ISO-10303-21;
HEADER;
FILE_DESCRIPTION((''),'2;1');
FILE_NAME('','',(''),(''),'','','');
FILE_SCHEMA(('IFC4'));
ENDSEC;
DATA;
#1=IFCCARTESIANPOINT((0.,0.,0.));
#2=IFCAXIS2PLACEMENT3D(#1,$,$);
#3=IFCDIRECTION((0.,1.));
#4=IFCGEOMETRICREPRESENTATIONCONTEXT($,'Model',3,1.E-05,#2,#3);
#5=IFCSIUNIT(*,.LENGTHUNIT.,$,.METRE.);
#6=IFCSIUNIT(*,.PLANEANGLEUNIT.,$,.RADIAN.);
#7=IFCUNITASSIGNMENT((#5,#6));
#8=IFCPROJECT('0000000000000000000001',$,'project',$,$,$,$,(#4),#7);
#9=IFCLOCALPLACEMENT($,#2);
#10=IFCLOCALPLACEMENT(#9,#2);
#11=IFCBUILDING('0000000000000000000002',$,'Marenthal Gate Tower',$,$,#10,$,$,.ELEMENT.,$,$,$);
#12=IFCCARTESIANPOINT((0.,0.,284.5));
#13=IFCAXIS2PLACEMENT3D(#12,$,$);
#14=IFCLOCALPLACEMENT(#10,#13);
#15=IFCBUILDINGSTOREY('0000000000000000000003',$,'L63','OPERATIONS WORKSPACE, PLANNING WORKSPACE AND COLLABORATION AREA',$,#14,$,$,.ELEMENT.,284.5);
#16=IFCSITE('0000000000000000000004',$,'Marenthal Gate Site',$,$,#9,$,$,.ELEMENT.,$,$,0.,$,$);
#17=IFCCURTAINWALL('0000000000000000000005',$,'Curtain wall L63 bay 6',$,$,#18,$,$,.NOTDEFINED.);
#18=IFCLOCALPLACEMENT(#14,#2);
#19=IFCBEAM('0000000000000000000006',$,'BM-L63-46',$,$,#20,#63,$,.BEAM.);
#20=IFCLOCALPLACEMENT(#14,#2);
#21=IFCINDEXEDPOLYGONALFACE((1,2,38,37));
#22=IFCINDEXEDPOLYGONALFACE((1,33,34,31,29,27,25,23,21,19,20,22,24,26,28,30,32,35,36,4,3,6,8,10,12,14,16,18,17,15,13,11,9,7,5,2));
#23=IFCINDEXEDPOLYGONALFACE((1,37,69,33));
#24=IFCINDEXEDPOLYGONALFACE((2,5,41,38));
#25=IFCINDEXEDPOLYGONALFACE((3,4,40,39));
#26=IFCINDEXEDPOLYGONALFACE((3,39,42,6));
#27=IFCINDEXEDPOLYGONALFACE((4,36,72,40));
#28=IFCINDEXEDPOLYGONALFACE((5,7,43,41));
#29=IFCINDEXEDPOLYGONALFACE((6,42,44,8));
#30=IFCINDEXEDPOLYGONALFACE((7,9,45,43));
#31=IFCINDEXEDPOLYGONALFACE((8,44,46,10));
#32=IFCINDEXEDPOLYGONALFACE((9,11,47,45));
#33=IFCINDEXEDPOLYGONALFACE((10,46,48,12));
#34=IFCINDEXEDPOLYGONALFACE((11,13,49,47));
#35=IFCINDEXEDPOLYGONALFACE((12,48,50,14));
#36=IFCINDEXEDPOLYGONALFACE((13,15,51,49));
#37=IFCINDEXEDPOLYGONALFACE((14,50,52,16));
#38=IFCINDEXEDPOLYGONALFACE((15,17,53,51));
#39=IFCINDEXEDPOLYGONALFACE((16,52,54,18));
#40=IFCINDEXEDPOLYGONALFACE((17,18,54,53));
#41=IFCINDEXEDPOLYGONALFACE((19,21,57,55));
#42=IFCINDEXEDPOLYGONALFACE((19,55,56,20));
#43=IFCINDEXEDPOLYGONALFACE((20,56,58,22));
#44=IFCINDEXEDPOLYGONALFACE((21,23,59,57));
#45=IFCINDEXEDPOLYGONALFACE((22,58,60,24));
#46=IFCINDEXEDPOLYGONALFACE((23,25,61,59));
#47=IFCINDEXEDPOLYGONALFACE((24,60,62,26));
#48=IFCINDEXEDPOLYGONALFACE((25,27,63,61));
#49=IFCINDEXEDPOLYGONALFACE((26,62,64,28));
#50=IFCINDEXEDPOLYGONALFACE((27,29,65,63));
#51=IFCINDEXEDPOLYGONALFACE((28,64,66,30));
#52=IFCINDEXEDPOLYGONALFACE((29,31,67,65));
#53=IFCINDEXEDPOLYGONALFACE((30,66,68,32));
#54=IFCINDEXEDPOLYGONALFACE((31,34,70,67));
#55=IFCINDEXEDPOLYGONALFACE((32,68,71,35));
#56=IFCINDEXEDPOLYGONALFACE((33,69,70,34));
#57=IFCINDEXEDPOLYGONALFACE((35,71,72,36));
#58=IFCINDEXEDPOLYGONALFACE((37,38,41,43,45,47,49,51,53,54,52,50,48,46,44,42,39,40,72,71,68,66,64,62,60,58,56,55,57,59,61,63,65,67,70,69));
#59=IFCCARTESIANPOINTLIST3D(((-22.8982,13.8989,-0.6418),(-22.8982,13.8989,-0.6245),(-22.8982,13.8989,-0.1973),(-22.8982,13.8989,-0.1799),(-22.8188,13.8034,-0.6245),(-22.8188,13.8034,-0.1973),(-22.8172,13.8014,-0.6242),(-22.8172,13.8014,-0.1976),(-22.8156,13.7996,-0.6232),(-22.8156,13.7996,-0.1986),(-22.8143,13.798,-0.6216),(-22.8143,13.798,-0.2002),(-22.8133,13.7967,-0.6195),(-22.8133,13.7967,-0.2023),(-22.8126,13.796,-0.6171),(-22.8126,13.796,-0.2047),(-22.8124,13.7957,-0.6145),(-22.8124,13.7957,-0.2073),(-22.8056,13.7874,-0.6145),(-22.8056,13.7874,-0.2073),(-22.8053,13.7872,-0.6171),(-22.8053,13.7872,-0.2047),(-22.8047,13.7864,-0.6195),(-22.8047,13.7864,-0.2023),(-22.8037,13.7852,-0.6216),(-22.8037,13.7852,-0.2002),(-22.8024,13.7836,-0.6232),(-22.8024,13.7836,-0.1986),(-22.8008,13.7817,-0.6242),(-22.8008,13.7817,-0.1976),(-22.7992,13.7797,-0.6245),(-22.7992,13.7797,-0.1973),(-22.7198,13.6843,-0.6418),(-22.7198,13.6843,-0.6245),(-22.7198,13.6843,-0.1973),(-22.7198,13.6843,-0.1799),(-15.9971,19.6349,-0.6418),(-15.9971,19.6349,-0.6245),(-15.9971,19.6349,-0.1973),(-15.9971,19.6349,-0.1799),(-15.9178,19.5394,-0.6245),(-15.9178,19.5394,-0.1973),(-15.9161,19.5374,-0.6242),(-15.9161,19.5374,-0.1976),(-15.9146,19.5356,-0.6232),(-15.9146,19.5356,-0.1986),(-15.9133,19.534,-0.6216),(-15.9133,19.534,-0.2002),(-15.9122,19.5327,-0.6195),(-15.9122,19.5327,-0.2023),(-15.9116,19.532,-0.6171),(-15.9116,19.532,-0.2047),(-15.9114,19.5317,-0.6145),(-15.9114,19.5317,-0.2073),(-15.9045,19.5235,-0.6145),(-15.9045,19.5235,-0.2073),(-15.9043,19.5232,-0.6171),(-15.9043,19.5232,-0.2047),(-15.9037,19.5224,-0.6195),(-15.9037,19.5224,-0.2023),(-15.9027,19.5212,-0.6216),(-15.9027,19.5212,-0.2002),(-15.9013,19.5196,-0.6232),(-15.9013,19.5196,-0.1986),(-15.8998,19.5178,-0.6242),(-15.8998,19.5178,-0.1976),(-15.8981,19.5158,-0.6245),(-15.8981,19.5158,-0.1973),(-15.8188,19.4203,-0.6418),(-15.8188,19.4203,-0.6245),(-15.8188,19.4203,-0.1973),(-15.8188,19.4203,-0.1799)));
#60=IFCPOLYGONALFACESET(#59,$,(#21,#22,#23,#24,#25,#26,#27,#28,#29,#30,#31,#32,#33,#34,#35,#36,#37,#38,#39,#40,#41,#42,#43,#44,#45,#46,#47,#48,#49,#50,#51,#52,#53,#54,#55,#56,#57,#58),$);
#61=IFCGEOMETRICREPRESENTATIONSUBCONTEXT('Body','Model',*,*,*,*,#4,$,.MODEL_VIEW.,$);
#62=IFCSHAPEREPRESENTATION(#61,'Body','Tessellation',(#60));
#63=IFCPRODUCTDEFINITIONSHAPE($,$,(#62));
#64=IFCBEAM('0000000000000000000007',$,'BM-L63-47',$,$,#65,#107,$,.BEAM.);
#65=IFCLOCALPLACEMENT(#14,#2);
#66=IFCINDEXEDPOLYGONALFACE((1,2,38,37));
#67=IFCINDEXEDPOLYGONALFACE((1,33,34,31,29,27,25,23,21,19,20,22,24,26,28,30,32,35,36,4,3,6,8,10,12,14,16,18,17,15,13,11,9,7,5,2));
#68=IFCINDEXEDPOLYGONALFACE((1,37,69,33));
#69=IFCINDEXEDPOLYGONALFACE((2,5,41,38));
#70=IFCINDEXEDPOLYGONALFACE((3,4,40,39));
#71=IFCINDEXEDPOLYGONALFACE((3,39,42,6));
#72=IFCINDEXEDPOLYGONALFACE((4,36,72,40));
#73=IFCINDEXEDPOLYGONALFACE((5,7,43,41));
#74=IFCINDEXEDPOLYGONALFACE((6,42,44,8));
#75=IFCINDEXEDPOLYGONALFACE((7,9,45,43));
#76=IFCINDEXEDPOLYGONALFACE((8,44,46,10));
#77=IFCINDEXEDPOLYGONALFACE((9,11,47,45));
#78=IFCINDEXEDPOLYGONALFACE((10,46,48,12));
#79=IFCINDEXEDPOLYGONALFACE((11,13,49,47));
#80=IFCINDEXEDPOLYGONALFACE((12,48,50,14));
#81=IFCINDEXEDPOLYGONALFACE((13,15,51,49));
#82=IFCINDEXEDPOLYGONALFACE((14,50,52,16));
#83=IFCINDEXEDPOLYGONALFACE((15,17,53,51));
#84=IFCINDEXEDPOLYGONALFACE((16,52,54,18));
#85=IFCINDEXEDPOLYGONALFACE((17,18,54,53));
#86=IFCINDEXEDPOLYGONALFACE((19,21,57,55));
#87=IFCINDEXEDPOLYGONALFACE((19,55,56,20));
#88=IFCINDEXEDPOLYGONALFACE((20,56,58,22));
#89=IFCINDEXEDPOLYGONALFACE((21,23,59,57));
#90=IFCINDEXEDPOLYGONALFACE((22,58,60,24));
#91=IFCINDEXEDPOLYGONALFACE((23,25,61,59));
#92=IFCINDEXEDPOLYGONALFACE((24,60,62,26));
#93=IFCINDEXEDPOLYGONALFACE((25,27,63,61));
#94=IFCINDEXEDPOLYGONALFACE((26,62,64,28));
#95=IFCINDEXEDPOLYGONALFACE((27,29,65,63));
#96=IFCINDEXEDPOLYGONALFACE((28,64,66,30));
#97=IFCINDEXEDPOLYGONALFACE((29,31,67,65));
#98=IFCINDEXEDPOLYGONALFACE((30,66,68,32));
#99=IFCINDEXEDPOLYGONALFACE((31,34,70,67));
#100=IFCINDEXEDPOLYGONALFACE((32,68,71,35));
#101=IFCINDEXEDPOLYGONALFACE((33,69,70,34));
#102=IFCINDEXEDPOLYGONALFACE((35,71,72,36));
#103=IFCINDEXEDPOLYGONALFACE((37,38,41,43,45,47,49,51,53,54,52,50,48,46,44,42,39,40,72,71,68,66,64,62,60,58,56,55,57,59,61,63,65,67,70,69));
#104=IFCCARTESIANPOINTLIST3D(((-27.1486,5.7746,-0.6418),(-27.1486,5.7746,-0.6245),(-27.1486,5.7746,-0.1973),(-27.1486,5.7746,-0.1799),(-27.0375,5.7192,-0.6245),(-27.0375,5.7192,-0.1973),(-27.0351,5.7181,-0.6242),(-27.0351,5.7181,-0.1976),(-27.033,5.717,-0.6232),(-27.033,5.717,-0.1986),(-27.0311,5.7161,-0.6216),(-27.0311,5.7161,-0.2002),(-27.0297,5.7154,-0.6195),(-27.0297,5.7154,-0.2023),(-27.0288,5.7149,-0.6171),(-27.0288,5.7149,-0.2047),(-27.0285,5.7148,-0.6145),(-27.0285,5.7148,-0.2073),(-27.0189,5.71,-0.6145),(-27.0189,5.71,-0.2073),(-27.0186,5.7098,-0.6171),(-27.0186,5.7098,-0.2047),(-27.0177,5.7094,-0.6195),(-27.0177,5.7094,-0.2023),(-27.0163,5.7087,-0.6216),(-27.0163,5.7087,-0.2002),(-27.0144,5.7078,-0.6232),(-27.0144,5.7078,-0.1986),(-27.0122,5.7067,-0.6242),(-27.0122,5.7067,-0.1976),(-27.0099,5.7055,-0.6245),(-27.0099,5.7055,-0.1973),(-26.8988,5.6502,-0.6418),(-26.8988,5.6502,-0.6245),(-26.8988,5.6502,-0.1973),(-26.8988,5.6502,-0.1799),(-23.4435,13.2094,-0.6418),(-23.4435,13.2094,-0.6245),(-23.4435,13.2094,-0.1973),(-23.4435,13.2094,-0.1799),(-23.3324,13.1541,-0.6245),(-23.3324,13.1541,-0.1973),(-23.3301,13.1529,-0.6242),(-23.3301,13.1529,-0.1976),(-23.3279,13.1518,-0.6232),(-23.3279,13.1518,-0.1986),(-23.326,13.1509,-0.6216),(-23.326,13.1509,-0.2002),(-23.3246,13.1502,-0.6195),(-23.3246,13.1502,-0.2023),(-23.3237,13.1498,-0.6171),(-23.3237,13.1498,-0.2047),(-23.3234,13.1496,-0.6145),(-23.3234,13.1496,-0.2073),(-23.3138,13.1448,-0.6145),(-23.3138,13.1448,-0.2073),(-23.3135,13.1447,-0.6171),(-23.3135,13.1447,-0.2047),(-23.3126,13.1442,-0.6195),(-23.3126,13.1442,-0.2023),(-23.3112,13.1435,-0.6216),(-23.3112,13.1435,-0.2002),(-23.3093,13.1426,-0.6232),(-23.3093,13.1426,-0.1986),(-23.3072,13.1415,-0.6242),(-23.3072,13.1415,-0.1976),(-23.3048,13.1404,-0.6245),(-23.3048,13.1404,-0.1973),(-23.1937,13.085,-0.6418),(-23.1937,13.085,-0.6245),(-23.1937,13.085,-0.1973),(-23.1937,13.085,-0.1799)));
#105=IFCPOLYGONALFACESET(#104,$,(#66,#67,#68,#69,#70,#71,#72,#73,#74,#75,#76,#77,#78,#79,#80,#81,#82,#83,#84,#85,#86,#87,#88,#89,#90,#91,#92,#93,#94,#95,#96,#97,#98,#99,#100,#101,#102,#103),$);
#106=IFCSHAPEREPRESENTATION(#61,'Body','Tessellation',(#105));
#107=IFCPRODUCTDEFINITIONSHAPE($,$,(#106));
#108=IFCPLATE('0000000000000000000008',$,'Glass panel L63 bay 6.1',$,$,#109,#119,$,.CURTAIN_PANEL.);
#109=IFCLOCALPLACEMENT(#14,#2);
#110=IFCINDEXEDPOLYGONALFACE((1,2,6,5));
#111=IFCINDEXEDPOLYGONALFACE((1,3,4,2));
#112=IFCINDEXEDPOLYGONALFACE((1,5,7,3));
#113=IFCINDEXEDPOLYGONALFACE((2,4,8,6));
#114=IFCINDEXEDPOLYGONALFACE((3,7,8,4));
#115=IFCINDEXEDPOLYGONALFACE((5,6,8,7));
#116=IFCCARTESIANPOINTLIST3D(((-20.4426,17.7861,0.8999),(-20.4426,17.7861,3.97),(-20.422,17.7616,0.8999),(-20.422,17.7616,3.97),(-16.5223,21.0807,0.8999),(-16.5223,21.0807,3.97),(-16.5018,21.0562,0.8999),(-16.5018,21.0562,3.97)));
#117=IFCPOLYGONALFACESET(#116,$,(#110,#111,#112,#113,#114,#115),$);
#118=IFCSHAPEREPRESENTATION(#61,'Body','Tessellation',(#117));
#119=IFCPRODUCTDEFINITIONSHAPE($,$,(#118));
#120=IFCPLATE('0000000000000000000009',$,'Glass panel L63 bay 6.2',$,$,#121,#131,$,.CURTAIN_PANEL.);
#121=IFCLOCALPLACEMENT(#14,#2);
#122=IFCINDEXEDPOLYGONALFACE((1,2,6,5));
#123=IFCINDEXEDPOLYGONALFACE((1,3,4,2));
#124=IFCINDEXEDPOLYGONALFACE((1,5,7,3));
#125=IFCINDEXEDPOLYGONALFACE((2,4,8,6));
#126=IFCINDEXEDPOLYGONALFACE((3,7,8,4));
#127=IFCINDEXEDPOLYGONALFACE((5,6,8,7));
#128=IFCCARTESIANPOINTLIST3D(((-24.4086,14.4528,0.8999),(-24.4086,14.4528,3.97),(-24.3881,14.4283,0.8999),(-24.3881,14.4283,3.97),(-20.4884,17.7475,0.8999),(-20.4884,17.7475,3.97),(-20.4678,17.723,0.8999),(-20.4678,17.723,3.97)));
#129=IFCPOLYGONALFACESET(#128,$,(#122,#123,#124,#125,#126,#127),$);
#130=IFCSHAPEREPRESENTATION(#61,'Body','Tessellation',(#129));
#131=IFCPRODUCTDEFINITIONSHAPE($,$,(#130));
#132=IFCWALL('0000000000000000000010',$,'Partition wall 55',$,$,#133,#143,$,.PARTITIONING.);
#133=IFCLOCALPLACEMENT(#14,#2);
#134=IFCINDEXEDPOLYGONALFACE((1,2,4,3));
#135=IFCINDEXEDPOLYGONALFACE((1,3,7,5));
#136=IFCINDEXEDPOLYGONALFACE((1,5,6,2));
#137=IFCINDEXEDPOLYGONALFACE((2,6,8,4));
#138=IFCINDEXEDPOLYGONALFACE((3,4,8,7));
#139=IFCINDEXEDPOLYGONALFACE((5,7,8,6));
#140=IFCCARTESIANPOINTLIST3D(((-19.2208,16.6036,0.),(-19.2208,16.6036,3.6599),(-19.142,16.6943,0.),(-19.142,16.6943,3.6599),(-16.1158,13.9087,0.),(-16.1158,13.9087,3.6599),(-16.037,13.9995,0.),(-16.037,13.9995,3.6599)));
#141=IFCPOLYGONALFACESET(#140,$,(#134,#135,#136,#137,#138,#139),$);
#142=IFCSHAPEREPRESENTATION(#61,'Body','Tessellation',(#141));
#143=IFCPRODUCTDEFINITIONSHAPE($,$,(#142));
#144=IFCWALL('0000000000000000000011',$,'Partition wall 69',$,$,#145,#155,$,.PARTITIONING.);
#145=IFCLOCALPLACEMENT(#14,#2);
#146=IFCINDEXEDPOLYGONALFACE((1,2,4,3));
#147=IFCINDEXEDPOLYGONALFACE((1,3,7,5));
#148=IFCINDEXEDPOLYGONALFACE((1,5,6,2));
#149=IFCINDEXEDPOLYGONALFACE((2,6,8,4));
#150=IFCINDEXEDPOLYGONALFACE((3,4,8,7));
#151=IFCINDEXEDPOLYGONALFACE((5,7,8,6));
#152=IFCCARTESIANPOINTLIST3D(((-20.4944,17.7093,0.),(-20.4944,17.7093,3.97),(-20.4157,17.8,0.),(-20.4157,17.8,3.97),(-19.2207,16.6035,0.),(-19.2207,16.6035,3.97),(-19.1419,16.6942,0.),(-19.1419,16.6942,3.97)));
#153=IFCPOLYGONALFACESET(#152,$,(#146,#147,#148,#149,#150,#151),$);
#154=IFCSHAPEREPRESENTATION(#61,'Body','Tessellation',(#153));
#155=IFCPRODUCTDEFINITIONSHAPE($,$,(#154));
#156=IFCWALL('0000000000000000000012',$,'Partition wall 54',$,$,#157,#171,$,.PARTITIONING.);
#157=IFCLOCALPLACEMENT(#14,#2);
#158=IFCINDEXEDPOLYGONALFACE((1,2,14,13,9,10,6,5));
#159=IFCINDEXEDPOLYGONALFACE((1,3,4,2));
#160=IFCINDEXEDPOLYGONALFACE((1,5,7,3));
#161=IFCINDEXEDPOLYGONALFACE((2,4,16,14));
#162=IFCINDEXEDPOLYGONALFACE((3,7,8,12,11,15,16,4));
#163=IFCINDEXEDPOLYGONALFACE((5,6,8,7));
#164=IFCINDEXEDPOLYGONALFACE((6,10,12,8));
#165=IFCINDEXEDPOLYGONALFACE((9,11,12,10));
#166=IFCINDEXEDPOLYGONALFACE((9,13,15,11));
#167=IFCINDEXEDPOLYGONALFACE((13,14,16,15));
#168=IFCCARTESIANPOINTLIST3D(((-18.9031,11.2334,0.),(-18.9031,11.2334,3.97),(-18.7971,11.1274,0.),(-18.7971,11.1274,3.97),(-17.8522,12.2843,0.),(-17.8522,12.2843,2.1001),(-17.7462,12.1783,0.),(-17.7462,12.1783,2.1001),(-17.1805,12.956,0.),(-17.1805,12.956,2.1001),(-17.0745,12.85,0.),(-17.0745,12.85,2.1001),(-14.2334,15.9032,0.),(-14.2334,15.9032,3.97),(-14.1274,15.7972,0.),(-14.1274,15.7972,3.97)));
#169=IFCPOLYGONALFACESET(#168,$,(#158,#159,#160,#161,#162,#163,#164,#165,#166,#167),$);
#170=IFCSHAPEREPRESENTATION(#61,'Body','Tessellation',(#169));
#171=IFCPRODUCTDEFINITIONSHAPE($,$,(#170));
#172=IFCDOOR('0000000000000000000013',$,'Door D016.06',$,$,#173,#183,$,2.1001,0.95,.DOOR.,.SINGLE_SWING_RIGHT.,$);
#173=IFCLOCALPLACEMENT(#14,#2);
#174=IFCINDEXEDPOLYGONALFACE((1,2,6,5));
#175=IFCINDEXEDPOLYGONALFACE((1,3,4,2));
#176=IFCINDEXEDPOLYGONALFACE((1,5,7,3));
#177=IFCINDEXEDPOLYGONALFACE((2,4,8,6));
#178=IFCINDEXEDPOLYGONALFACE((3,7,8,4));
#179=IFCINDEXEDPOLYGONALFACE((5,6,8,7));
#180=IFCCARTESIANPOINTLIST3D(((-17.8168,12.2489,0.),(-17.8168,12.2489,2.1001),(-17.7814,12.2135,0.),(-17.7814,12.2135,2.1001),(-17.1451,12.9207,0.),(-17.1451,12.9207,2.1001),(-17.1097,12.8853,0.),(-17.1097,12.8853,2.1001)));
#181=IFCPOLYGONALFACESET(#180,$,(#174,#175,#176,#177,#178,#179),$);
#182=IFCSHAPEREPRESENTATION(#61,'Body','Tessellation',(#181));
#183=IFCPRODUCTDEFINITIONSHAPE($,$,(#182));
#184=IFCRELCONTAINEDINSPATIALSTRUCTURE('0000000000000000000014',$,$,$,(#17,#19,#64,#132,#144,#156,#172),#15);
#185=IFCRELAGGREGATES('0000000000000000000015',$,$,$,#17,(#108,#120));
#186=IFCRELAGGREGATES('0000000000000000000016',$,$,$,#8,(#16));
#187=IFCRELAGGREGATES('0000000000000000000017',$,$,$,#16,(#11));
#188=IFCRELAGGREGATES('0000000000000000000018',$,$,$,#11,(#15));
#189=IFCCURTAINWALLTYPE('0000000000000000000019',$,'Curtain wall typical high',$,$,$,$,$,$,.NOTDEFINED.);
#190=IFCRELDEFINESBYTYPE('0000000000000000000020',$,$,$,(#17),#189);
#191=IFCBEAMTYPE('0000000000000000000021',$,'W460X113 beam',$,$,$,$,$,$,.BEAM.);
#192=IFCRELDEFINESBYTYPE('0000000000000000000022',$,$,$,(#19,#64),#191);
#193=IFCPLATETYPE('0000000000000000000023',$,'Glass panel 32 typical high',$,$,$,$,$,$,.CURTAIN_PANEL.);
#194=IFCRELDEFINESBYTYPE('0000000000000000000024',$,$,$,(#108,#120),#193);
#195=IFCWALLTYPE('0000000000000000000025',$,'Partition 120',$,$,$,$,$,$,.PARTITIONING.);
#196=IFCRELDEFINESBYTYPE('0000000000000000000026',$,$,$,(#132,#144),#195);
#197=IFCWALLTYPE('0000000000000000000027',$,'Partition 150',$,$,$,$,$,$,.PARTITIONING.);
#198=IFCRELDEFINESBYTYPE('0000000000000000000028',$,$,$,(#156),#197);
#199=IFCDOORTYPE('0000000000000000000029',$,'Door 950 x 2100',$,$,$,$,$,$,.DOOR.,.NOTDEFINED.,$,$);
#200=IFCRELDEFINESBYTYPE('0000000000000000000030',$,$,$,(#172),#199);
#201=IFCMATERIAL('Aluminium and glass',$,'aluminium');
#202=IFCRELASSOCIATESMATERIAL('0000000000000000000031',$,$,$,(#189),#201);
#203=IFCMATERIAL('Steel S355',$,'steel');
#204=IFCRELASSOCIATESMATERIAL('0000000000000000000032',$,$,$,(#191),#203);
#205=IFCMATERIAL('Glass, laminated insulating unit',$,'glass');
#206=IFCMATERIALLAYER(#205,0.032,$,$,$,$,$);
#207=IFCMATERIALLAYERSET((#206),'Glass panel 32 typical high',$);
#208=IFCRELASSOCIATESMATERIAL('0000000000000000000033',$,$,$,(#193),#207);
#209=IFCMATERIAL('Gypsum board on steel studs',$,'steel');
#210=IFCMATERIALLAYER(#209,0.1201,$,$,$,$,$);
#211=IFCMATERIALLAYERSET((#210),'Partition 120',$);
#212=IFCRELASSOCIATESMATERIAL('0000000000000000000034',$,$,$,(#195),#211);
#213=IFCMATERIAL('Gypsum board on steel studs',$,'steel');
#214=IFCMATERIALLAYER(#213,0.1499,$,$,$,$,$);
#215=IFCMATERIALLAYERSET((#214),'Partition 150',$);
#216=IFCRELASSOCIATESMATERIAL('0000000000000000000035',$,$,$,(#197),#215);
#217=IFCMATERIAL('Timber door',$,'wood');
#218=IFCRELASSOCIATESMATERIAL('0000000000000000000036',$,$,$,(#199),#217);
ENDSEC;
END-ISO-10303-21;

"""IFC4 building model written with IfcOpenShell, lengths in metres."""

from ifc_helpers import new_model, si_unit, direction, frame, frame_2d, origin, origin_2d, place, context, subcontext, project, spatial, rectangle, i_section, extrude, material, layer, layer_set, material_profile, profile_set, type_object, element, fill, aggregate, save


model = new_model("IFC4")

# Units and contexts
model_context = context("Model", 3, precision=1e-05, world=origin(), true_north=direction((0.0, 1.0)))
body_context = subcontext(model_context, "Body", "Model", "MODEL_VIEW")
ifc_project = project(units=[si_unit("LENGTHUNIT", "METRE"), si_unit("PLANEANGLEUNIT", "RADIAN")], contexts=[model_context])

# Site, building, storey
site_placement = place(None, origin())
site = spatial("IfcSite", under=ifc_project, at=site_placement, Name="Marenthal Gate Site", CompositionType="ELEMENT", RefElevation=0.0)
building_placement = place(site_placement, origin())
building = spatial("IfcBuilding", under=site, at=building_placement, Name="Marenthal Gate Tower", CompositionType="ELEMENT")
storey_placement = place(building_placement, frame((0.0, 0.0, 284.5)))
storey = spatial("IfcBuildingStorey", under=building, at=storey_placement, Name="L63", Description="OPERATIONS WORKSPACE, PLANNING WORKSPACE AND COLLABORATION AREA", CompositionType="ELEMENT", Elevation=284.5)

# Curtain wall
ifc_material_1 = material(Name="Aluminium and glass", Category="aluminium")
curtain_wall_type = type_object("IfcCurtainWallType", Name="Curtain wall typical high", PredefinedType="NOTDEFINED", material=ifc_material_1)
curtain_wall_placement = place(storey_placement, origin())
curtain_wall = element("IfcCurtainWall", 1, at=curtain_wall_placement, inside=storey, type_object=curtain_wall_type, Name="Curtain wall L63 bay 6", PredefinedType="NOTDEFINED")

# Beams
ifc_material_2 = material(Name="Steel S355", Category="steel")
ifc_material_profile_1 = material_profile(ifc_material_2, i_section(OverallWidth=0.2791, OverallDepth=0.4619, WebThickness=0.0107, FlangeThickness=0.0173, FilletRadius=0.01, at=origin_2d()), Name="W460X113")
ifc_profile_set_1 = profile_set([ifc_material_profile_1], Name="Steel S355")
beam_type_1 = type_object("IfcBeamType", Name="W460X113 beam", PredefinedType="BEAM", material=ifc_profile_set_1)
beam_1_placement = place(storey_placement, frame((-15.908, 19.5276, -0.4109), z_axis=(-0.769035, -0.639207, 0.0), x_axis=(0.639207, -0.769035, 0.0)))
element("IfcBeam", 2, at=beam_1_placement, inside=storey, type_object=beam_type_1, Name="BM-L63-46", PredefinedType="BEAM", context=body_context, shape_type="SweptSolid", body=[
    extrude(i_section(OverallWidth=0.2791, OverallDepth=0.4619, WebThickness=0.0107, FlangeThickness=0.0173, FilletRadius=0.01, at=origin_2d()), origin(), (0.0, 0.0, 1.0), 8.9736),
])
beam_2_placement = place(storey_placement, frame((-23.3186, 13.1472, -0.4109), z_axis=(-0.446026, -0.89502, 0.0), x_axis=(0.89502, -0.446026, 0.0)))
element("IfcBeam", 3, at=beam_2_placement, inside=storey, type_object=beam_type_1, Name="BM-L63-47", PredefinedType="BEAM", context=body_context, shape_type="SweptSolid", body=[
    extrude(i_section(OverallWidth=0.2791, OverallDepth=0.4619, WebThickness=0.0107, FlangeThickness=0.0173, FilletRadius=0.01, at=origin_2d()), origin(), (0.0, 0.0, 1.0), 8.3069),
])

# Plates
ifc_material_3 = material(Name="Glass, laminated insulating unit", Category="glass")
ifc_layer_1 = layer(ifc_material_3, 0.032)
ifc_layer_set_1 = layer_set([ifc_layer_1], Name="Glass panel 32 typical high")
plate_type = type_object("IfcPlateType", Name="Glass panel 32 typical high", PredefinedType="CURTAIN_PANEL", material=ifc_layer_set_1)
plate_1_placement = place(storey_placement, frame((-18.4722, 19.4211, 0.8999), z_axis=(0.0, 0.0, 1.0), x_axis=(-0.765547, -0.64338, 0.0)))
plate_1 = element("IfcPlate", 4, at=plate_1_placement, type_object=plate_type, Name="Glass panel L63 bay 6.1", PredefinedType="CURTAIN_PANEL", context=body_context, shape_type="SweptSolid", body=[
    extrude(rectangle(XDim=5.1208, YDim=0.032, at=origin_2d()), origin(), (0.0, 0.0, 1.0), 3.0701),
])
plate_2_placement = place(storey_placement, frame((-22.4382, 16.0879, 0.8999), z_axis=(0.0, 0.0, 1.0), x_axis=(-0.765547, -0.64338, 0.0)))
plate_2 = element("IfcPlate", 5, at=plate_2_placement, type_object=plate_type, Name="Glass panel L63 bay 6.2", PredefinedType="CURTAIN_PANEL", context=body_context, shape_type="SweptSolid", body=[
    extrude(rectangle(XDim=5.1208, YDim=0.032, at=origin_2d()), origin(), (0.0, 0.0, 1.0), 3.0701),
])
aggregate(curtain_wall, [plate_1, plate_2])

# Walls
ifc_material_4 = material(Name="Gypsum board on steel studs", Category="steel")
ifc_layer_2 = layer(ifc_material_4, 0.1201)
ifc_layer_set_2 = layer_set([ifc_layer_2], Name="Partition 120")
wall_type_1 = type_object("IfcWallType", Name="Partition 120", PredefinedType="PARTITIONING", material=ifc_layer_set_2)
wall_1_placement = place(storey_placement, frame((-16.0764, 13.9541, 0.0), z_axis=(0.0, 0.0, 1.0), x_axis=(-0.755226, 0.655464, 0.0)))
element("IfcWall", 6, at=wall_1_placement, inside=storey, type_object=wall_type_1, Name="Partition wall 55", PredefinedType="PARTITIONING", context=body_context, shape_type="SweptSolid", body=[
    extrude(rectangle(XDim=4.1113, YDim=0.1201, at=frame_2d((2.0557, 0.0))), origin(), (0.0, 0.0, 1.0), 3.6599),
])
wall_2_placement = place(storey_placement, frame((-19.1814, 16.6489, 0.0), z_axis=(0.0, 0.0, 1.0), x_axis=(-0.755144, 0.655559, 0.0)))
element("IfcWall", 7, at=wall_2_placement, inside=storey, type_object=wall_type_1, Name="Partition wall 69", PredefinedType="PARTITIONING", context=body_context, shape_type="SweptSolid", body=[
    extrude(rectangle(XDim=1.6868, YDim=0.1201, at=frame_2d((0.8433, 0.0))), origin(), (0.0, 0.0, 1.0), 3.97),
])

# Wall, opening, door
ifc_material_5 = material(Name="Gypsum board on steel studs", Category="steel")
ifc_layer_3 = layer(ifc_material_5, 0.1499)
ifc_layer_set_3 = layer_set([ifc_layer_3], Name="Partition 150")
wall_type_2 = type_object("IfcWallType", Name="Partition 150", PredefinedType="PARTITIONING", material=ifc_layer_set_3)
wall_3_placement = place(storey_placement, frame((-18.8501, 11.1804, 0.0), z_axis=(0.0, 0.0, 1.0), x_axis=(0.707107, 0.707107, 0.0)))
wall_3 = element("IfcWall", 8, at=wall_3_placement, inside=storey, type_object=wall_type_2, Name="Partition wall 54", PredefinedType="PARTITIONING", context=body_context, shape_type="SweptSolid", body=[
    extrude(rectangle(XDim=6.604, YDim=0.1499, at=frame_2d((3.302, 0.0))), origin(), (0.0, 0.0, 1.0), 3.97),
])
opening_1_placement = place(wall_3_placement, frame((1.4861, 0.0, 0.0)))
opening_1 = element("IfcOpeningElement", 9, at=opening_1_placement, cuts=wall_3, PredefinedType="OPENING", context=body_context, shape_type="SweptSolid", body=[
    extrude(rectangle(XDim=0.95, YDim=2.1001, at=frame_2d((0.4751, 1.05))), frame((0.0, 0.085, 0.0), z_axis=(0.0, -1.0, 0.0), x_axis=(1.0, 0.0, 0.0)), (0.0, 0.0, 1.0), 0.1699),
])
ifc_material_6 = material(Name="Timber door", Category="wood")
door_type_1 = type_object("IfcDoorType", Name="Door 950 x 2100", OperationType="NOTDEFINED", PredefinedType="DOOR", material=ifc_material_6)
door_1_placement = place(opening_1_placement, origin())
door_1 = element("IfcDoor", 10, at=door_1_placement, inside=storey, type_object=door_type_1, Name="Door D016.06", OperationType="SINGLE_SWING_RIGHT", OverallHeight=2.1001, OverallWidth=0.95, PredefinedType="DOOR", context=body_context, shape_type="SweptSolid", body=[
    extrude(rectangle(XDim=0.95, YDim=2.1001, at=frame_2d((0.4751, 1.05))), frame((0.0, 0.0249, 0.0), z_axis=(0.0, -1.0, 0.0), x_axis=(1.0, 0.0, 0.0)), (0.0, 0.0, 1.0), 0.05),
])
fill(opening_1, door_1)

save(model, "model.ifc")
